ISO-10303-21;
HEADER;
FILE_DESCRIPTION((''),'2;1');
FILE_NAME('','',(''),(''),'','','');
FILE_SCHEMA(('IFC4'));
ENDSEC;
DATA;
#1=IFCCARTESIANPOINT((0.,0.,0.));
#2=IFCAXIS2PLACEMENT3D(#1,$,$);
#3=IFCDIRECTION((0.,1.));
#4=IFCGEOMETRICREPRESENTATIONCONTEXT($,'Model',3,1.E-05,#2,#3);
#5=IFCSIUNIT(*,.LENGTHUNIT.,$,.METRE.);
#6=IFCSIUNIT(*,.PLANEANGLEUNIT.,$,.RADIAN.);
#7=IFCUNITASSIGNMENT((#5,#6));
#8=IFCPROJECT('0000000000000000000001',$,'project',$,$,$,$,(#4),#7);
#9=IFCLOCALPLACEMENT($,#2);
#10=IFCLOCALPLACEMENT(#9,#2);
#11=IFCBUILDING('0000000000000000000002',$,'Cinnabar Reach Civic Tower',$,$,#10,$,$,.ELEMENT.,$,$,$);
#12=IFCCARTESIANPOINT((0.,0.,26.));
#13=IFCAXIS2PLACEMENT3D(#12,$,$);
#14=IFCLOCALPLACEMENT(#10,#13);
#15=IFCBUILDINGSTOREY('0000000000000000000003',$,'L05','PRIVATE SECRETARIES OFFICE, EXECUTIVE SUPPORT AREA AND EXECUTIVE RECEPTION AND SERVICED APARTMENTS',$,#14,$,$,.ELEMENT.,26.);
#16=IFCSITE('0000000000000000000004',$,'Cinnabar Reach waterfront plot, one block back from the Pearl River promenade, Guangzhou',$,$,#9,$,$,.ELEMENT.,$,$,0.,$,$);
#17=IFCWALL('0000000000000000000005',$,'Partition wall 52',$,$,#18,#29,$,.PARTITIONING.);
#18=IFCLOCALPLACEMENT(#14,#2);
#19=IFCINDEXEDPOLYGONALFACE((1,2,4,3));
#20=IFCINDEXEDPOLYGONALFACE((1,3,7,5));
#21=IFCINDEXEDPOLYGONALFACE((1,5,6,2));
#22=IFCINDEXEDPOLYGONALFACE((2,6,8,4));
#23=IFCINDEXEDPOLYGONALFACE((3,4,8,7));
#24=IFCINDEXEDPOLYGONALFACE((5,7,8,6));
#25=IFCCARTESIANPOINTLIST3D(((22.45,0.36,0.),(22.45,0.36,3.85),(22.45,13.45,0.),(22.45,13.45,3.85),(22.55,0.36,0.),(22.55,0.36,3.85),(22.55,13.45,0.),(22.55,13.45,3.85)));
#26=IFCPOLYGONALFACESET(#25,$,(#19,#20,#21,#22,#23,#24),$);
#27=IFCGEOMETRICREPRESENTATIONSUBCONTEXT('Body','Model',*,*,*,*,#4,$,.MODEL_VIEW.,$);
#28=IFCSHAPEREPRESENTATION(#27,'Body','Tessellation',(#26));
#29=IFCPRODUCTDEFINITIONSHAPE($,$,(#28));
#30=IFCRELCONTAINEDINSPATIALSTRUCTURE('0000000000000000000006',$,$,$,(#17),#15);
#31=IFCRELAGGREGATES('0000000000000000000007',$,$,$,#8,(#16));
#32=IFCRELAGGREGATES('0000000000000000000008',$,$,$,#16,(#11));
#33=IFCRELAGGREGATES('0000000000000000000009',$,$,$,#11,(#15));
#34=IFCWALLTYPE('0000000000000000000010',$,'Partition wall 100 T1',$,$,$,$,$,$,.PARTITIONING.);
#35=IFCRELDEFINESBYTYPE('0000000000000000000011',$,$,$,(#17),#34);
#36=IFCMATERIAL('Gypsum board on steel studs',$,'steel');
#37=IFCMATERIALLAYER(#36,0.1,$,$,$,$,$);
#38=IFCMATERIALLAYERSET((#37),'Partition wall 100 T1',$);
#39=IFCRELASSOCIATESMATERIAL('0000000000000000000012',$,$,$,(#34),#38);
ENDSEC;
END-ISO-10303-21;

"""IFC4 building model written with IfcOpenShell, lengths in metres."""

from ifc_helpers import new_model, si_unit, direction, frame, frame_2d, origin, place, context, subcontext, project, spatial, rectangle, extrude, material, layer, layer_set, type_object, element, save


model = new_model("IFC4")

# Units and contexts
model_context = context("Model", 3, precision=1e-05, world=origin(), true_north=direction((0.0, 1.0)))
body_context = subcontext(model_context, "Body", "Model", "MODEL_VIEW")
ifc_project = project(units=[si_unit("LENGTHUNIT", "METRE"), si_unit("PLANEANGLEUNIT", "RADIAN")], contexts=[model_context])

# Site, building, storey
site_placement = place(None, origin())
site = spatial("IfcSite", under=ifc_project, at=site_placement, Name="Cinnabar Reach waterfront plot, one block back from the Pearl River promenade, Guangzhou", CompositionType="ELEMENT", RefElevation=0.0)
building_placement = place(site_placement, origin())
building = spatial("IfcBuilding", under=site, at=building_placement, Name="Cinnabar Reach Civic Tower", CompositionType="ELEMENT")
storey_placement = place(building_placement, frame((0.0, 0.0, 26.0)))
storey = spatial("IfcBuildingStorey", under=building, at=storey_placement, Name="L05", Description="PRIVATE SECRETARIES OFFICE, EXECUTIVE SUPPORT AREA AND EXECUTIVE RECEPTION AND SERVICED APARTMENTS", CompositionType="ELEMENT", Elevation=26.0)

# Wall
ifc_material_1 = material(Name="Gypsum board on steel studs", Category="steel")
ifc_layer_1 = layer(ifc_material_1, 0.1)
ifc_layer_set_1 = layer_set([ifc_layer_1], Name="Partition wall 100 T1")
wall_type_1 = type_object("IfcWallType", Name="Partition wall 100 T1", PredefinedType="PARTITIONING", material=ifc_layer_set_1)
wall_1_placement = place(storey_placement, frame((22.5, 0.36, 0.0), z_axis=(0.0, 0.0, 1.0), x_axis=(0.0, 1.0, 0.0)))
element("IfcWall", 1, at=wall_1_placement, inside=storey, type_object=wall_type_1, Name="Partition wall 52", PredefinedType="PARTITIONING", context=body_context, shape_type="SweptSolid", body=[
    extrude(rectangle(XDim=13.09, YDim=0.1, at=frame_2d((6.545, 0.0))), origin(), (0.0, 0.0, 1.0), 3.85),
])

save(model, "model.ifc")
